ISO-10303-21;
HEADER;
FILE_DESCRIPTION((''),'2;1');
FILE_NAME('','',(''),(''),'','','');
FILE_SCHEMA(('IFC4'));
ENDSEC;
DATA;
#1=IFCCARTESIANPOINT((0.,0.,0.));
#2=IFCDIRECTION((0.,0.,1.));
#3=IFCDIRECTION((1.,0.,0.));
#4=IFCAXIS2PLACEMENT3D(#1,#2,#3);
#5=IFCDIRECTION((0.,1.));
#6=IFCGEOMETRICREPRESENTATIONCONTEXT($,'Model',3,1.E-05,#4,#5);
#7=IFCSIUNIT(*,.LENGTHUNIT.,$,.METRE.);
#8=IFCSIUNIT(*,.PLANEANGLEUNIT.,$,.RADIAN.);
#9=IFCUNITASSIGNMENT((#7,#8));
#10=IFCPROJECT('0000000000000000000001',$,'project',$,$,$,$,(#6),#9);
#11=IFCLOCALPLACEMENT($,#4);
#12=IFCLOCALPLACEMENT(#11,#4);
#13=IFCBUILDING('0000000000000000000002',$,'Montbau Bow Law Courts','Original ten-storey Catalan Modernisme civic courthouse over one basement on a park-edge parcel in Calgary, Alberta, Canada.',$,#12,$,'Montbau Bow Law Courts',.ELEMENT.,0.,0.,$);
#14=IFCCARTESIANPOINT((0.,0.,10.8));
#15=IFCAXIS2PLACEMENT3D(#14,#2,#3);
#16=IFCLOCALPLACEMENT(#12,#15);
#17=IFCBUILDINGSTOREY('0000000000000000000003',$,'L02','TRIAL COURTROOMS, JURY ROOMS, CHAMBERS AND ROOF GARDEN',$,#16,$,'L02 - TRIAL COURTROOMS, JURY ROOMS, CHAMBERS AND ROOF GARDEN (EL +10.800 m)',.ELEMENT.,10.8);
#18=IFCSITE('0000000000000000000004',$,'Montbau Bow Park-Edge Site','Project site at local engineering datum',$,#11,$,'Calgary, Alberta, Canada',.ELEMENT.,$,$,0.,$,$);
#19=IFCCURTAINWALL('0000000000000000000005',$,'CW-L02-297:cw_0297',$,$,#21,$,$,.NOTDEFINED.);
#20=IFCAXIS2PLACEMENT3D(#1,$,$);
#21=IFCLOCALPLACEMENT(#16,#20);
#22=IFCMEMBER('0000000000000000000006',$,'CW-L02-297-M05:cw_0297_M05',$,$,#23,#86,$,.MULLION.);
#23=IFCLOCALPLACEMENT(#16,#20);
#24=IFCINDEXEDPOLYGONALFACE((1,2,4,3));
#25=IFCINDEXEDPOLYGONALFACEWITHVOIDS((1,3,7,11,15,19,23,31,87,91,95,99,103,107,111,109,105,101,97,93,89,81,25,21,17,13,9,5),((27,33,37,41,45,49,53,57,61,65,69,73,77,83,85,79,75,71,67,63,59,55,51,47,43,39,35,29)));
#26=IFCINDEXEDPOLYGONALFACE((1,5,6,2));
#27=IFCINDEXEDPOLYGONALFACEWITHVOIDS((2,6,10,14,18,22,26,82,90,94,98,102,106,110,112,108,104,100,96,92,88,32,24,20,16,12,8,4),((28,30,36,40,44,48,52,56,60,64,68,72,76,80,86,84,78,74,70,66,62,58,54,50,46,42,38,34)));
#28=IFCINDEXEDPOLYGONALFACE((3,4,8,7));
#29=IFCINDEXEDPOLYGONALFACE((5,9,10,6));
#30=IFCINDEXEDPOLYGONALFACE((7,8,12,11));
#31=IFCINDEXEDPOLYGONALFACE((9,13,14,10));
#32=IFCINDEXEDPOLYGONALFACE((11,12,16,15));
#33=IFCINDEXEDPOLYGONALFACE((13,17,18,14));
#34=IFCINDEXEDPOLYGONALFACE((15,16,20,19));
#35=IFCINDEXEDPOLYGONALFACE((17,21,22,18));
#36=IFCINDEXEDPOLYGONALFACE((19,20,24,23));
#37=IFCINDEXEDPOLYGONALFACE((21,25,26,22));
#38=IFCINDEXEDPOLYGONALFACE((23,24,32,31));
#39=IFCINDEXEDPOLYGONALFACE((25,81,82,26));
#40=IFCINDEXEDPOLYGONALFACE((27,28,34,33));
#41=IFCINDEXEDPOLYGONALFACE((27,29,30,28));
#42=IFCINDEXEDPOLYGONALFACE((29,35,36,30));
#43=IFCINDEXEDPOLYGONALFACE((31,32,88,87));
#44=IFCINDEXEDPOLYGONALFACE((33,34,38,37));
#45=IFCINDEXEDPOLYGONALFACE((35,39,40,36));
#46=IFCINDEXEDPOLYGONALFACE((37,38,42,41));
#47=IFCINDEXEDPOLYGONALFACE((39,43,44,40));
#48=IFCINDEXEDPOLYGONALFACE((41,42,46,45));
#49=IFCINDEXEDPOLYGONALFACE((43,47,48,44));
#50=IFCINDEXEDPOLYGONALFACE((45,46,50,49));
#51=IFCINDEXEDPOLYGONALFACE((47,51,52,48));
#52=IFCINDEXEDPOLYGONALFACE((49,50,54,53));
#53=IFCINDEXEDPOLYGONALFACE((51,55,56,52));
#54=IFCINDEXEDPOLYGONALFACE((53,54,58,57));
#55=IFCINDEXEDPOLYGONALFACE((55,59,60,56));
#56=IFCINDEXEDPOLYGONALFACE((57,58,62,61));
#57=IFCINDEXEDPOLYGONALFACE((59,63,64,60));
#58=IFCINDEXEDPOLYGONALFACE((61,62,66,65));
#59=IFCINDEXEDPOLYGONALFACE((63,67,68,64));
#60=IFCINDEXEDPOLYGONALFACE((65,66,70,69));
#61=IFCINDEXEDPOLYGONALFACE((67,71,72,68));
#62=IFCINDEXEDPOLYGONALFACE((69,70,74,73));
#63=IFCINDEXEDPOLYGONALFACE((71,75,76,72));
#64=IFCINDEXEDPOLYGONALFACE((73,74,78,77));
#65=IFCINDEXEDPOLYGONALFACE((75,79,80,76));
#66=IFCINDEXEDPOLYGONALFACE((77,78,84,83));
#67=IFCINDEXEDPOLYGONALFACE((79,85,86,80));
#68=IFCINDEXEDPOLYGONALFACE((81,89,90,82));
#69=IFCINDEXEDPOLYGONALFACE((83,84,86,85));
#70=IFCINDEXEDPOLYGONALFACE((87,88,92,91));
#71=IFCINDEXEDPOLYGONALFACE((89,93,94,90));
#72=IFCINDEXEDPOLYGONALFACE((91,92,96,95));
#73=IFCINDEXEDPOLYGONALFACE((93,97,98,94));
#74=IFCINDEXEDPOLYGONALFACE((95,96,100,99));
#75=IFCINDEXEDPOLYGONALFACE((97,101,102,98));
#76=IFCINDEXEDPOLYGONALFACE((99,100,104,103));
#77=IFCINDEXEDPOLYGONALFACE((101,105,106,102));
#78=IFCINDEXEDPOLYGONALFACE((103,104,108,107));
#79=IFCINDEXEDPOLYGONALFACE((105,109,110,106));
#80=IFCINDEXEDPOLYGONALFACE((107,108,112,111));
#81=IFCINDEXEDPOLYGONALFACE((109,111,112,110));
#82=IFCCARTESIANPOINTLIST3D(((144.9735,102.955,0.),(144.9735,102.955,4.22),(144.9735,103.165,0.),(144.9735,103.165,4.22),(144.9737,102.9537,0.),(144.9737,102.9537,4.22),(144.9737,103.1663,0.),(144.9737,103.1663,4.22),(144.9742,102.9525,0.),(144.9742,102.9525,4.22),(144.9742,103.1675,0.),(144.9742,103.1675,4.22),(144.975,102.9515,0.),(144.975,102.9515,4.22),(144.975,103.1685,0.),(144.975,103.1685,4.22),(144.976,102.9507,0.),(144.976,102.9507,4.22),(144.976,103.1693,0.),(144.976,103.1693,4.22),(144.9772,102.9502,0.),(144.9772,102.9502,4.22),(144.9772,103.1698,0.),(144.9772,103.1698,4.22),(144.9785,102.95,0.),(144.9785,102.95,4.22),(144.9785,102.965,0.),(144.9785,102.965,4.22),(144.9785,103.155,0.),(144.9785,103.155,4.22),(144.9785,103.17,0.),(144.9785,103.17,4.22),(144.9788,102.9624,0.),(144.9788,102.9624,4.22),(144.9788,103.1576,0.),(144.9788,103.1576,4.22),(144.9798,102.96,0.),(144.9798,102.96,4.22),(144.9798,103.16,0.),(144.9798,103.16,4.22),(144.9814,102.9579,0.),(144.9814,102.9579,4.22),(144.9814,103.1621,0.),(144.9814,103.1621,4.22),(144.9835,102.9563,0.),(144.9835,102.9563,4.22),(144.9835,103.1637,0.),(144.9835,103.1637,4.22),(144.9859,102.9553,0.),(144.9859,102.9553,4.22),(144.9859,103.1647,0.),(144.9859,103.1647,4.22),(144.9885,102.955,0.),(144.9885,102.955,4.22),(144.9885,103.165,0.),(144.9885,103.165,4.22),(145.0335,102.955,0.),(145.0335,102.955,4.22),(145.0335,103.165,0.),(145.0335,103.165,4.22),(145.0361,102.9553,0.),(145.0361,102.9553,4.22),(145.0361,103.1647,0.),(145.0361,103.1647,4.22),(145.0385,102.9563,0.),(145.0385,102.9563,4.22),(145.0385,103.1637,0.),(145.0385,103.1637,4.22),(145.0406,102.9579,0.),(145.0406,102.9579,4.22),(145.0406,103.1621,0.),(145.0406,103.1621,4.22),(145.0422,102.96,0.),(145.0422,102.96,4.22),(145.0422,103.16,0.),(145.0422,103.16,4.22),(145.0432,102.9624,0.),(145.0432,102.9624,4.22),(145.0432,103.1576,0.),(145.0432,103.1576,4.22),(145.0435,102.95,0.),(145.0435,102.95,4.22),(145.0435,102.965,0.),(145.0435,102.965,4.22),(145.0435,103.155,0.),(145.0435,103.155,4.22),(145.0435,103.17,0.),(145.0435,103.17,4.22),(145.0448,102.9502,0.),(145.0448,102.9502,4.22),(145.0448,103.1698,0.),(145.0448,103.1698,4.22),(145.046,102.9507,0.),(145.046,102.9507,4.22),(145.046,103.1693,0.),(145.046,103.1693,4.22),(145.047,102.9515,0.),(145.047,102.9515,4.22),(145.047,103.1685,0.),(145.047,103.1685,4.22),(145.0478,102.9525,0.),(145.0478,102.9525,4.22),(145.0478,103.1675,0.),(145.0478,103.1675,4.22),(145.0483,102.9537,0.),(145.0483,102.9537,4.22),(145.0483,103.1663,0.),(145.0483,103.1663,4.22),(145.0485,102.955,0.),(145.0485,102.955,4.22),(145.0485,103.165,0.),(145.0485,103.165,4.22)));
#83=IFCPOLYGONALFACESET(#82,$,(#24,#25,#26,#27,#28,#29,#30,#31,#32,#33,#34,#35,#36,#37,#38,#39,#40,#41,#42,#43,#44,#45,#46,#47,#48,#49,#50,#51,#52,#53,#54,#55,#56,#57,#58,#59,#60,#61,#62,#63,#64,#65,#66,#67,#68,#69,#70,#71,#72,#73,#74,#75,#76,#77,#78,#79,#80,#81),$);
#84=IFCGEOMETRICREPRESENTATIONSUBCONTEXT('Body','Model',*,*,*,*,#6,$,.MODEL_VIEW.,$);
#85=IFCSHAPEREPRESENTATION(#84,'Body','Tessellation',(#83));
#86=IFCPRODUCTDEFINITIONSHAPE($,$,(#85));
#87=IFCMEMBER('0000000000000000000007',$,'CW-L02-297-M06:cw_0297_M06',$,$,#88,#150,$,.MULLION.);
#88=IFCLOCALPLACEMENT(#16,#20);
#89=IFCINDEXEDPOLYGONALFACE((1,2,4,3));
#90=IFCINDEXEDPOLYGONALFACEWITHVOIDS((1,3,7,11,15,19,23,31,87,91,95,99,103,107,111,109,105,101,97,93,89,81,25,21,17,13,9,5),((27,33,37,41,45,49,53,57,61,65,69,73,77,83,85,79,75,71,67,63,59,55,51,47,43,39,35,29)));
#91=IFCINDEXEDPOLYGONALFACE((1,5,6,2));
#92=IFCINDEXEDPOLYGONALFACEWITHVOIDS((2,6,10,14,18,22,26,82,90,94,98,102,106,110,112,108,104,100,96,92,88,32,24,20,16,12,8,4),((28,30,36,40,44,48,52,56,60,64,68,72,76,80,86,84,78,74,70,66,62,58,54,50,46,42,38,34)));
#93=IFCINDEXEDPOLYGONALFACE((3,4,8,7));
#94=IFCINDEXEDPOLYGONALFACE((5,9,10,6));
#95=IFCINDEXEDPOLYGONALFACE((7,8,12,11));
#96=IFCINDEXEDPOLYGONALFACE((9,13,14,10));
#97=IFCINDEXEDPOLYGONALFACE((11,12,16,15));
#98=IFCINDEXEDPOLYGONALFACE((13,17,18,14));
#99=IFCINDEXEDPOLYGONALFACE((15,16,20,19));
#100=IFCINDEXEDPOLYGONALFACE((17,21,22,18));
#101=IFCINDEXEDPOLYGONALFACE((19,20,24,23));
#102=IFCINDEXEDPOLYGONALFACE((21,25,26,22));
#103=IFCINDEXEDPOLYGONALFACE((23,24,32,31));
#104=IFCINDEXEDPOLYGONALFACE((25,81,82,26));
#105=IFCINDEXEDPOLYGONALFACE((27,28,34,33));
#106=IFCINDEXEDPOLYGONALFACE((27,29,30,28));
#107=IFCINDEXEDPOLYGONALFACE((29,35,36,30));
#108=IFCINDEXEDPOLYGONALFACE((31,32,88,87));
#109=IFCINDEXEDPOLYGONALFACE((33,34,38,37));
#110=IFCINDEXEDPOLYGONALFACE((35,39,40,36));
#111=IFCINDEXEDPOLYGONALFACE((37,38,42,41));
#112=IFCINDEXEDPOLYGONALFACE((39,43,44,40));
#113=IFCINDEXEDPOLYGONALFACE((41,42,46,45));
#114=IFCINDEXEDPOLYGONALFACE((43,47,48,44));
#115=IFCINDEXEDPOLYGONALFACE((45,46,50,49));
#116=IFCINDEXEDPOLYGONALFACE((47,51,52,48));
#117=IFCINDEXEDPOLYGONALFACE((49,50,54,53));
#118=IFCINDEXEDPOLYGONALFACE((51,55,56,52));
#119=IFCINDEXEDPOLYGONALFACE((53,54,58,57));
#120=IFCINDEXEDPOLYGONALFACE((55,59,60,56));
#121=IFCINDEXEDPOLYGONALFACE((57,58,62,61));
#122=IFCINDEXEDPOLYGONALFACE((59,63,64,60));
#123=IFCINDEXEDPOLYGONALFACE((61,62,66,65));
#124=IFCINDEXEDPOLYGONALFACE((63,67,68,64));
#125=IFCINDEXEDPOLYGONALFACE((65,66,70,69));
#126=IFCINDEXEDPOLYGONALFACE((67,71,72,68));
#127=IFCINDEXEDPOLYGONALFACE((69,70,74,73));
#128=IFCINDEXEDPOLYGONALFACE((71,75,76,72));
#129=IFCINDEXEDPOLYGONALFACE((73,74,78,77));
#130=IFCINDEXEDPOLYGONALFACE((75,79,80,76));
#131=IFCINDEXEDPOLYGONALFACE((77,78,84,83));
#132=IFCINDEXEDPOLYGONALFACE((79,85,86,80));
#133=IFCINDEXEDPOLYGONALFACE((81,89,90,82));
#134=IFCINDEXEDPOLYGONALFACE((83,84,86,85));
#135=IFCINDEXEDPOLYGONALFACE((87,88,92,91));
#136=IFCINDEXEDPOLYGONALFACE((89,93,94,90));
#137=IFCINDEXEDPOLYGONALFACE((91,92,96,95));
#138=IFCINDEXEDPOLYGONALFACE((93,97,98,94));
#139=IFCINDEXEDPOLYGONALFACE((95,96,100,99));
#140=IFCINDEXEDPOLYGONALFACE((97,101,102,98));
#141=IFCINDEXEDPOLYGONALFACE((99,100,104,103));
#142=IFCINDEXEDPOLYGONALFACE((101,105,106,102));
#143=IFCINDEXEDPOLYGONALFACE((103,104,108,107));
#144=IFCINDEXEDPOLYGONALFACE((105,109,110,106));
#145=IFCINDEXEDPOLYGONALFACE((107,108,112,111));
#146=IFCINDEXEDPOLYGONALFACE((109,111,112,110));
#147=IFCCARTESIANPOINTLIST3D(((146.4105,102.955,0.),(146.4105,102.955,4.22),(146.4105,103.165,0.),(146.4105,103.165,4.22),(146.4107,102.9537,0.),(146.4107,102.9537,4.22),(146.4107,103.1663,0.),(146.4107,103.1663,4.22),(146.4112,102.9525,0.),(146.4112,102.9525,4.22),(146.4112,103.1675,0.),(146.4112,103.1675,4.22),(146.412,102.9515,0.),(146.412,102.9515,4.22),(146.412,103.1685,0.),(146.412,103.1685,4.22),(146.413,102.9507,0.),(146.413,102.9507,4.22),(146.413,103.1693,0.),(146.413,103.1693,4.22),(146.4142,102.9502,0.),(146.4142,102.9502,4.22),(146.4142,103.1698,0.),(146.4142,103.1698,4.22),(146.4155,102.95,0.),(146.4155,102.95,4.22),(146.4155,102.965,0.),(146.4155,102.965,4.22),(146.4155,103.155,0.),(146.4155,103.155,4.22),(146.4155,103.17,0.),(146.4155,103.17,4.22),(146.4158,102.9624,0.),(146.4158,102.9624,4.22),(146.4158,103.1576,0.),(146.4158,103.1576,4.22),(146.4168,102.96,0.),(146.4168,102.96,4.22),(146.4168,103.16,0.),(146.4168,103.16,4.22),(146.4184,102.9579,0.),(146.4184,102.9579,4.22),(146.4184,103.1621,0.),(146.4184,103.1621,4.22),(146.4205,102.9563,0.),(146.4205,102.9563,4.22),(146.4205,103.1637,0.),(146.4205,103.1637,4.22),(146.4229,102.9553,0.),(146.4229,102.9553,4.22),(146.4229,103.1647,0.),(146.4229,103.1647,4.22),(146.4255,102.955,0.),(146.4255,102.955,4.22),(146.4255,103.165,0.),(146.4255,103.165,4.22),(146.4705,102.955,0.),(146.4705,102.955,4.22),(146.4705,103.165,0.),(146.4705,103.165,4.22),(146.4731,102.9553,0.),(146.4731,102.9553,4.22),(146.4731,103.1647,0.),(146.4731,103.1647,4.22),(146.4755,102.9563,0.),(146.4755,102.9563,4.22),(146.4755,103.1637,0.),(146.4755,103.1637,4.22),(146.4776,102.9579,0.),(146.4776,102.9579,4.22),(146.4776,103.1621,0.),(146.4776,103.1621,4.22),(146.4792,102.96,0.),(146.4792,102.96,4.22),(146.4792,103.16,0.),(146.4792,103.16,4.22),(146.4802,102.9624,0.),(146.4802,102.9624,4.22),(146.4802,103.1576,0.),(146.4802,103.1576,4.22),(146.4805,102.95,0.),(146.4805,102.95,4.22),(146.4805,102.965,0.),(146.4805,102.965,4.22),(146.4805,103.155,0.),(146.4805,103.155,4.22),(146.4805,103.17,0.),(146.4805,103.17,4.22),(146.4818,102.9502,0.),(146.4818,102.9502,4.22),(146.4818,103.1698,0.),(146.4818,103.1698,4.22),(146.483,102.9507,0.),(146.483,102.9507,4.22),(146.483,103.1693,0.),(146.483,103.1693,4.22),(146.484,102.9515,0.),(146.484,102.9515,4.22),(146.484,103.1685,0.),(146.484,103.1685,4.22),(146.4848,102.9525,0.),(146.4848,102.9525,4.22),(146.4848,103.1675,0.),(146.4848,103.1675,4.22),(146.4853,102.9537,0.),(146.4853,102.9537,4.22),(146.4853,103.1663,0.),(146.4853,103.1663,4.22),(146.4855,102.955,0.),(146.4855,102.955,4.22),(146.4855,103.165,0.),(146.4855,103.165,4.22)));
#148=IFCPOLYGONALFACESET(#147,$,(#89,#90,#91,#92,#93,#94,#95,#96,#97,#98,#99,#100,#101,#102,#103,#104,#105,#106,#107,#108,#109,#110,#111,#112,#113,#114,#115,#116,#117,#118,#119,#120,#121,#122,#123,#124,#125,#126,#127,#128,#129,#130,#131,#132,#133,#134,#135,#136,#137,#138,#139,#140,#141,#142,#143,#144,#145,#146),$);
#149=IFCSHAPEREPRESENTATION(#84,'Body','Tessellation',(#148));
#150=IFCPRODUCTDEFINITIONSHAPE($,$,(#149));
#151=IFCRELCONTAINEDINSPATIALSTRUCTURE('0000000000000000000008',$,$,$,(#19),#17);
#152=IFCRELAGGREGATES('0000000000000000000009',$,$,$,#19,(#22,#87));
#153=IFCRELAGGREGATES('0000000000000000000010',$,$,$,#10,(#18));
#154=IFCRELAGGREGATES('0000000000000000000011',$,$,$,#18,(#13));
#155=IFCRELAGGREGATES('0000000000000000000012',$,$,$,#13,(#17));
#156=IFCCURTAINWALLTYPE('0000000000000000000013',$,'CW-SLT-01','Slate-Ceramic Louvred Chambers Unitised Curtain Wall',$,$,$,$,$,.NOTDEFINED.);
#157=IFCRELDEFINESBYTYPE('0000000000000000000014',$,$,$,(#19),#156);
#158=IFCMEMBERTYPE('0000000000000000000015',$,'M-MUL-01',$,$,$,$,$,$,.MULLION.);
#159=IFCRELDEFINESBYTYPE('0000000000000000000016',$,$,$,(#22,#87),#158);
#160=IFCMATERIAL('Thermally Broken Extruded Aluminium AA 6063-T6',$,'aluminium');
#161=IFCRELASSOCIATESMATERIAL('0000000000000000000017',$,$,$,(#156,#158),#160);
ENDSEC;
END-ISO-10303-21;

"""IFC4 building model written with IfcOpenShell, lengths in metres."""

from ifc_helpers import new_model, si_unit, direction, frame, origin_with_axes, origin_2d_with_axis, place, context, subcontext, project, spatial, hollow_rectangle, extrude, material, material_profile, profile_set, type_object, element, aggregate, save


model = new_model("IFC4")

# Units and contexts
model_context = context("Model", 3, precision=1e-05, world=origin_with_axes(), true_north=direction((0.0, 1.0)))
body_context = subcontext(model_context, "Body", "Model", "MODEL_VIEW")
ifc_project = project(units=[si_unit("LENGTHUNIT", "METRE"), si_unit("PLANEANGLEUNIT", "RADIAN")], contexts=[model_context])

# Site, building, storey
site_placement = place(None, origin_with_axes())
site = spatial("IfcSite", under=ifc_project, at=site_placement, Name="Montbau Bow Park-Edge Site", Description="Project site at local engineering datum", LongName="Calgary, Alberta, Canada", CompositionType="ELEMENT", RefElevation=0.0)
building_placement = place(site_placement, origin_with_axes())
building = spatial("IfcBuilding", under=site, at=building_placement, Name="Montbau Bow Law Courts", Description="Original ten-storey Catalan Modernisme civic courthouse over one basement on a park-edge parcel in Calgary, Alberta, Canada.", LongName="Montbau Bow Law Courts", CompositionType="ELEMENT", ElevationOfRefHeight=0.0, ElevationOfTerrain=0.0)
storey_placement = place(building_placement, frame((0.0, 0.0, 10.8), z_axis=(0.0, 0.0, 1.0), x_axis=(1.0, 0.0, 0.0)))
storey = spatial("IfcBuildingStorey", under=building, at=storey_placement, Name="L02", Description="TRIAL COURTROOMS, JURY ROOMS, CHAMBERS AND ROOF GARDEN", LongName="L02 - TRIAL COURTROOMS, JURY ROOMS, CHAMBERS AND ROOF GARDEN (EL +10.800 m)", CompositionType="ELEMENT", Elevation=10.8)

# Curtain wall, members
ifc_material_1 = material(Name="Thermally Broken Extruded Aluminium AA 6063-T6", Category="aluminium")
curtain_wall_type = type_object("IfcCurtainWallType", Name="CW-SLT-01", Description="Slate-Ceramic Louvred Chambers Unitised Curtain Wall", PredefinedType="NOTDEFINED", material=ifc_material_1)
curtain_wall_1_placement = place(None, frame((139.115, 103.06, 10.8), z_axis=(0.0, 0.0, 1.0), x_axis=(1.0, 0.0, 0.0)))
curtain_wall_1 = element("IfcCurtainWall", 1, at=curtain_wall_1_placement, inside=storey, type_object=curtain_wall_type, Name="CW-L02-297:cw_0297", PredefinedType="NOTDEFINED")
ifc_material_profile_1 = material_profile(ifc_material_1, hollow_rectangle(XDim=0.075, YDim=0.22, WallThickness=0.005, InnerFilletRadius=0.01, OuterFilletRadius=0.005, at=origin_2d_with_axis()), Name="CWM-220X75", Category="Main", Priority=0)
ifc_profile_set_1 = profile_set([ifc_material_profile_1], Name="Thermally Broken Extruded Aluminium AA 6063-T6")
member_type_1 = type_object("IfcMemberType", Name="M-MUL-01", PredefinedType="MULLION", material=ifc_profile_set_1)
member_1_placement = place(None, frame((145.011, 103.06, 10.8), z_axis=(0.0, 0.0, 1.0), x_axis=(1.0, 0.0, 0.0)))
member_1 = element("IfcMember", 2, at=member_1_placement, type_object=member_type_1, Name="CW-L02-297-M05:cw_0297_M05", PredefinedType="MULLION", context=body_context, shape_type="SweptSolid", body=[
    extrude(hollow_rectangle(XDim=0.075, YDim=0.22, WallThickness=0.005, InnerFilletRadius=0.01, OuterFilletRadius=0.005, at=origin_2d_with_axis()), origin_with_axes(), (0.0, 0.0, 1.0), 4.22),
])
member_2_placement = place(None, frame((146.448, 103.06, 10.8), z_axis=(0.0, 0.0, 1.0), x_axis=(1.0, 0.0, 0.0)))
member_2 = element("IfcMember", 3, at=member_2_placement, type_object=member_type_1, Name="CW-L02-297-M06:cw_0297_M06", PredefinedType="MULLION", context=body_context, shape_type="SweptSolid", body=[
    extrude(hollow_rectangle(XDim=0.075, YDim=0.22, WallThickness=0.005, InnerFilletRadius=0.01, OuterFilletRadius=0.005, at=origin_2d_with_axis()), origin_with_axes(), (0.0, 0.0, 1.0), 4.22),
])

aggregate(curtain_wall_1, [member_1, member_2])

save(model, "model.ifc")
